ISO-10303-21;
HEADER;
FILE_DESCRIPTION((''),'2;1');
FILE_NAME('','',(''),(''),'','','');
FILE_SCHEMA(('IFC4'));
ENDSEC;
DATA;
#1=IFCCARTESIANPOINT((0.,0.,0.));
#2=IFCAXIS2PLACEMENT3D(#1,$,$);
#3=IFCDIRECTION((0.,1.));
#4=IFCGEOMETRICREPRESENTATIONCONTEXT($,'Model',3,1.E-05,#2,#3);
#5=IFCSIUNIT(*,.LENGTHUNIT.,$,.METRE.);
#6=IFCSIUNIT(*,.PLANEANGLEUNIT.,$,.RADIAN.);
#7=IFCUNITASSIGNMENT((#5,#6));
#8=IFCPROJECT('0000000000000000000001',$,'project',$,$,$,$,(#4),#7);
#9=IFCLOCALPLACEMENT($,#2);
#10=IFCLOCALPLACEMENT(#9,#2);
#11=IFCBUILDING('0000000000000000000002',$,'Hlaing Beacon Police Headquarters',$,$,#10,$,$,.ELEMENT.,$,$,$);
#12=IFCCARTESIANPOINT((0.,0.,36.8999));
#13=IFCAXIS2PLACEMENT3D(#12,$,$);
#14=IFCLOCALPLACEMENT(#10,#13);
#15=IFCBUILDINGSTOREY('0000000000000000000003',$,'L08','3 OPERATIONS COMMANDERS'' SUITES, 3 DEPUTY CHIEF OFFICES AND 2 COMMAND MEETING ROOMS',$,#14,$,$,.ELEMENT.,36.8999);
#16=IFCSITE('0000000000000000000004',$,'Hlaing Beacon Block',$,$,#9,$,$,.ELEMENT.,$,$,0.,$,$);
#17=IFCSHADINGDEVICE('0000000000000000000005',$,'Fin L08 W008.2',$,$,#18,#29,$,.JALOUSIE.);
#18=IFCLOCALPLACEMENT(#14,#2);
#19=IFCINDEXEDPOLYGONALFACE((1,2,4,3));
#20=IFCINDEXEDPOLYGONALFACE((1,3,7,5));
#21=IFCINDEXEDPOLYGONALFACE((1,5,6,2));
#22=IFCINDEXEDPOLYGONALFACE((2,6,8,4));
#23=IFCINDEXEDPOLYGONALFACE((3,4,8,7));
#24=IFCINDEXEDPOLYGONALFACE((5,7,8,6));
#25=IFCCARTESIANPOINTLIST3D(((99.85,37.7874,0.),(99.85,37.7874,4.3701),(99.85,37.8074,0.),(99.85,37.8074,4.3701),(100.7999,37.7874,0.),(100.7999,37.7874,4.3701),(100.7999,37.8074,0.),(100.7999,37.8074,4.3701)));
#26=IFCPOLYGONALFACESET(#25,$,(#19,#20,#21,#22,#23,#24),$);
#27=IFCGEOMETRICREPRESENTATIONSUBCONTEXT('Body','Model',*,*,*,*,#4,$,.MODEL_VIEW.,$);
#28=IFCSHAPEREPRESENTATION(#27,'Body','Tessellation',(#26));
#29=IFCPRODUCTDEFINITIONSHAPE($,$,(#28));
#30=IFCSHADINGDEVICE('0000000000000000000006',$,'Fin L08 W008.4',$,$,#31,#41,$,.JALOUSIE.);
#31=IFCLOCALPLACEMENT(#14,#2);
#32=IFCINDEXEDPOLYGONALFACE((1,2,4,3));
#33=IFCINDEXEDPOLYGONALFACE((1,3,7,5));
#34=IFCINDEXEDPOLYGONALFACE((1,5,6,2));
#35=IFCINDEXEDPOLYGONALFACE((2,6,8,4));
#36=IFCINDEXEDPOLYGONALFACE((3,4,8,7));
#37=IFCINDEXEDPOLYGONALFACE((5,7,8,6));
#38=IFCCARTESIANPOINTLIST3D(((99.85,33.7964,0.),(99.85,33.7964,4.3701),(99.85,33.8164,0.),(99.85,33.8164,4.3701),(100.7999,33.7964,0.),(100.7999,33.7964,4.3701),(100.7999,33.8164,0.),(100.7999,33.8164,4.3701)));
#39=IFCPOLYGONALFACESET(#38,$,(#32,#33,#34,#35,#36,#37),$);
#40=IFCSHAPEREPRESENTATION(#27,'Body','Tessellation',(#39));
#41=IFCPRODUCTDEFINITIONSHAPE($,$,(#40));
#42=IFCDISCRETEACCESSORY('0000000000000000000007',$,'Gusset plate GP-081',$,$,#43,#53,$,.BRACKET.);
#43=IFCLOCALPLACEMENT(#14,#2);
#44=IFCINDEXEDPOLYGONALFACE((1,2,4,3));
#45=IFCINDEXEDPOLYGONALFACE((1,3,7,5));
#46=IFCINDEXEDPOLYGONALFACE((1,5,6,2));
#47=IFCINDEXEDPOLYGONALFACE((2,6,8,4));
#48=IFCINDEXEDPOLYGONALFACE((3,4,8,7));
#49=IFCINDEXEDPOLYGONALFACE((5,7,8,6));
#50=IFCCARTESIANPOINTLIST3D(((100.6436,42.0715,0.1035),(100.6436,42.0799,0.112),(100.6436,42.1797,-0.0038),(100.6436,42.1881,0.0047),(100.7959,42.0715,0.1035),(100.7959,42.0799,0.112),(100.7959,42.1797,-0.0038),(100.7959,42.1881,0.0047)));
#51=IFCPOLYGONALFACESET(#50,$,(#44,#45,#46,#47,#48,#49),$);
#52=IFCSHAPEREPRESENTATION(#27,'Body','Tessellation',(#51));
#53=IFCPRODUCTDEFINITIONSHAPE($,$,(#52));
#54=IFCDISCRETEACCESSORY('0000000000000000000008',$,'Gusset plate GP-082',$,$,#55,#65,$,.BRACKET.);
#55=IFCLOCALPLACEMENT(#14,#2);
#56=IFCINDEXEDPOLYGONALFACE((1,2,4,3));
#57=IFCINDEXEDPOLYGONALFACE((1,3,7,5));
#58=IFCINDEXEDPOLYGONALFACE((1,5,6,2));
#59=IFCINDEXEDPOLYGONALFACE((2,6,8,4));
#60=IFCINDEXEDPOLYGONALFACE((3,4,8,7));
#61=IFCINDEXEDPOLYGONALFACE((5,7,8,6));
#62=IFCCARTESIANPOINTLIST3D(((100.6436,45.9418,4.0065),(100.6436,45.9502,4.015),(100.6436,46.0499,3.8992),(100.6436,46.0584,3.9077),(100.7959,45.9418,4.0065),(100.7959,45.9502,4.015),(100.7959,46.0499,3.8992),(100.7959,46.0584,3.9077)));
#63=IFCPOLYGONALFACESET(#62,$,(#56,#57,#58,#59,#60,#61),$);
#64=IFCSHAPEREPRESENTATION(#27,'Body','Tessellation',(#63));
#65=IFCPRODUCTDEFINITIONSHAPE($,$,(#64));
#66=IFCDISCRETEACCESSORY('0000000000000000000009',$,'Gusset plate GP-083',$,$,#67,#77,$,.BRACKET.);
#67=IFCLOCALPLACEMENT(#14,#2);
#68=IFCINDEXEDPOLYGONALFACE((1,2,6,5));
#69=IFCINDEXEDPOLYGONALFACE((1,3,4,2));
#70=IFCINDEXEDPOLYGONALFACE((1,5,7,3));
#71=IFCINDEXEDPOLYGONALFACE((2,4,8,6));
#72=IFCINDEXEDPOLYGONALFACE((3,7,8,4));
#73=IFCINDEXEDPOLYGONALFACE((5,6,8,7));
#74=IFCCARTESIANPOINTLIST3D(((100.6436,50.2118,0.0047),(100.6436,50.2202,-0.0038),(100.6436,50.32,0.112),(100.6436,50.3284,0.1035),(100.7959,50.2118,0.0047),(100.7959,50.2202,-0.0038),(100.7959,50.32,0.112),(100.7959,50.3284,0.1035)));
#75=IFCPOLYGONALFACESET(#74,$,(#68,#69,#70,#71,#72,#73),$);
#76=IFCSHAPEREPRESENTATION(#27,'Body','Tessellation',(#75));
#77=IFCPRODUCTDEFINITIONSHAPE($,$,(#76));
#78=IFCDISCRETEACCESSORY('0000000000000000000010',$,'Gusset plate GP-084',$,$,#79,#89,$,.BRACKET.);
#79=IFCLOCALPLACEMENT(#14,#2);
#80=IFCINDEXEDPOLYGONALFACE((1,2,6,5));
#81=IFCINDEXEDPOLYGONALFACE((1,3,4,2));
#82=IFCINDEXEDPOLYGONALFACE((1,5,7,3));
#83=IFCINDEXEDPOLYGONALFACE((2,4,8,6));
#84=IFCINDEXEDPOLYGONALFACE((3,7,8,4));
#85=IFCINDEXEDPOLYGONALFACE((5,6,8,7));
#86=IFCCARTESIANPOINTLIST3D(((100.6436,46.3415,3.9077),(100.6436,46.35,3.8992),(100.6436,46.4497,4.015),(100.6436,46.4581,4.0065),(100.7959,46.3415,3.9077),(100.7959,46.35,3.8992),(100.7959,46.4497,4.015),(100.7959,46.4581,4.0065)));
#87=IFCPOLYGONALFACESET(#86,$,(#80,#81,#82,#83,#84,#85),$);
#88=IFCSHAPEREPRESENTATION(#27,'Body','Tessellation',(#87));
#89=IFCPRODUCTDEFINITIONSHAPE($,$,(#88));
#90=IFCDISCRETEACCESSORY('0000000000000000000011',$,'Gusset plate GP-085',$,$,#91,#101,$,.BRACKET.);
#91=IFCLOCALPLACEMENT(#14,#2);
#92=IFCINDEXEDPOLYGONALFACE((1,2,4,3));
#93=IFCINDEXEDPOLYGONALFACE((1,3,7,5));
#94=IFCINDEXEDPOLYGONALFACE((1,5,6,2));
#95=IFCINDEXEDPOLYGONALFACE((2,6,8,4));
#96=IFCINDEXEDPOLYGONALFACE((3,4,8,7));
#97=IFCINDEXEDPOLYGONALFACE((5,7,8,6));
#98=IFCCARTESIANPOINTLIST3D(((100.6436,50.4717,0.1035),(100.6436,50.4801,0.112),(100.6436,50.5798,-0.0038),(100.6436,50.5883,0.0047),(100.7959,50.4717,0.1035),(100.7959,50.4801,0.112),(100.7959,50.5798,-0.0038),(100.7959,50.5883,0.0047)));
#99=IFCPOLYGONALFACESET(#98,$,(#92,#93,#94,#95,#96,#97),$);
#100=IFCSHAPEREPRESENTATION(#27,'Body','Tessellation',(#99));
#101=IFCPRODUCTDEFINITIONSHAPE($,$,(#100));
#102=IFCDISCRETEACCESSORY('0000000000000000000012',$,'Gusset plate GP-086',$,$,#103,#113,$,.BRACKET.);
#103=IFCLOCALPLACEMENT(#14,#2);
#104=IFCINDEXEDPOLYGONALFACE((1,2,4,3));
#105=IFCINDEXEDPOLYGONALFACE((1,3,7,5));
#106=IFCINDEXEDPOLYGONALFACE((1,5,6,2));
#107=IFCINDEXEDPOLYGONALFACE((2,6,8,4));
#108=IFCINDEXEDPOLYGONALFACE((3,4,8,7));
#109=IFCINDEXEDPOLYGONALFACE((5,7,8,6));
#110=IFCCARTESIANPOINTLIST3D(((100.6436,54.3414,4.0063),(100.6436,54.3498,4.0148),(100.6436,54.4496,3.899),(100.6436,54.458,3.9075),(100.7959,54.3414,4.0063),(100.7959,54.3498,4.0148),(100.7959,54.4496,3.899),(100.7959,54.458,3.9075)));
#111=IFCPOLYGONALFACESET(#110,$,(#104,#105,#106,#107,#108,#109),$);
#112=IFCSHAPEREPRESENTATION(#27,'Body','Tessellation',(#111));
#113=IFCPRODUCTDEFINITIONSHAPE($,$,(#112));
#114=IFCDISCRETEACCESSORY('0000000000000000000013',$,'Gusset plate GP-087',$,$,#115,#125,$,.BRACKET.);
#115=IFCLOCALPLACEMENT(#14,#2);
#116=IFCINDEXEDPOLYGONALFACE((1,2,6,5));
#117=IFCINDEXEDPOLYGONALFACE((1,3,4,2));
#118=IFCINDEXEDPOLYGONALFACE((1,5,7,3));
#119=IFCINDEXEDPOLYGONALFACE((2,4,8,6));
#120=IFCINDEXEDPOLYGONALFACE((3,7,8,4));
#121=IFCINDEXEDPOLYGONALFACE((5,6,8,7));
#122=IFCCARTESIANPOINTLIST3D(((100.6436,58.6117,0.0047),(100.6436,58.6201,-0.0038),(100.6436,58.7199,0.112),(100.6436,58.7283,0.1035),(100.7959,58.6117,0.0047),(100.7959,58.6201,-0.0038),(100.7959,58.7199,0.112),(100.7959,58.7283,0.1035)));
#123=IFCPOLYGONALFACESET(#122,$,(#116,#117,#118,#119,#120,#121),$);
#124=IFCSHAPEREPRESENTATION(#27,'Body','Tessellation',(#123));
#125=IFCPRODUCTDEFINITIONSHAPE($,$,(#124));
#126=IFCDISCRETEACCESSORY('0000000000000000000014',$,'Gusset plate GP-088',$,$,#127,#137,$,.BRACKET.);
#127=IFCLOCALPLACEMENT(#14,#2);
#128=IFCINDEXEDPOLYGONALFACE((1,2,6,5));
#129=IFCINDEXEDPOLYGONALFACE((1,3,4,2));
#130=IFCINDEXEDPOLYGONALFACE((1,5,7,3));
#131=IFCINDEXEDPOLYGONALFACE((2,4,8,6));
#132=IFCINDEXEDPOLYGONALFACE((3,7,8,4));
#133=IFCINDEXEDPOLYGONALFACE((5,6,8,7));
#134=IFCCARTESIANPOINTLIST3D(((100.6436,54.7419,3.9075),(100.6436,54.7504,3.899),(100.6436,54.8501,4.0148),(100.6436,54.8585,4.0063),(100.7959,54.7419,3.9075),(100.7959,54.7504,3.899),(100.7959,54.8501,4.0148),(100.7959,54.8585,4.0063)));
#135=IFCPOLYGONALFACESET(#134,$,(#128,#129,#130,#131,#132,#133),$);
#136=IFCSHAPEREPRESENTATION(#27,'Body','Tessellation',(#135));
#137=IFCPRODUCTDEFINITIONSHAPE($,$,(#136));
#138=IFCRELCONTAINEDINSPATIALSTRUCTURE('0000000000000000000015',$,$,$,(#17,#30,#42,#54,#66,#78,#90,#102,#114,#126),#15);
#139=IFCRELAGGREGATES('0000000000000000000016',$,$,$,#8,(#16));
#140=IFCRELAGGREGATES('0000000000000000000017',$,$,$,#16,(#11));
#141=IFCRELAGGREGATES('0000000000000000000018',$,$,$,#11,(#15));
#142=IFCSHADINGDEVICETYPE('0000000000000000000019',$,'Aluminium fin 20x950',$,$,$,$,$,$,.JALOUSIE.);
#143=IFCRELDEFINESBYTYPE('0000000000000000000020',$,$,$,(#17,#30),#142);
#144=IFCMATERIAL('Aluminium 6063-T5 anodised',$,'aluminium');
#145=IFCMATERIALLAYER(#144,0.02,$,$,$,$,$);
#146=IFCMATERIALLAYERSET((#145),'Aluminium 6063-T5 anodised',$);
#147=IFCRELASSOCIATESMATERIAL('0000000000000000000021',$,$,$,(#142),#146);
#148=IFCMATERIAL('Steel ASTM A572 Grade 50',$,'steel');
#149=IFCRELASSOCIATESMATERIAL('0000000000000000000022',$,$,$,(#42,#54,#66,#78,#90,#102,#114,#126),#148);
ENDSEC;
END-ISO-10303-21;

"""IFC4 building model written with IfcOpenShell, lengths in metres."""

from ifc_helpers import new_model, si_unit, direction, frame, origin, origin_2d, place, context, subcontext, project, spatial, rectangle, extrude, material, layer, layer_set, type_object, element, save


model = new_model("IFC4")

# Units and contexts
model_context = context("Model", 3, precision=1e-05, world=origin(), true_north=direction((0.0, 1.0)))
body_context = subcontext(model_context, "Body", "Model", "MODEL_VIEW")
ifc_project = project(units=[si_unit("LENGTHUNIT", "METRE"), si_unit("PLANEANGLEUNIT", "RADIAN")], contexts=[model_context])

# Site, building, storey
site_placement = place(None, origin())
site = spatial("IfcSite", under=ifc_project, at=site_placement, Name="Hlaing Beacon Block", CompositionType="ELEMENT", RefElevation=0.0)
building_placement = place(site_placement, origin())
building = spatial("IfcBuilding", under=site, at=building_placement, Name="Hlaing Beacon Police Headquarters", CompositionType="ELEMENT")
storey_placement = place(building_placement, frame((0.0, 0.0, 36.8999)))
storey = spatial("IfcBuildingStorey", under=building, at=storey_placement, Name="L08", Description="3 OPERATIONS COMMANDERS' SUITES, 3 DEPUTY CHIEF OFFICES AND 2 COMMAND MEETING ROOMS", CompositionType="ELEMENT", Elevation=36.8999)

# Shading devices
ifc_material_1 = material(Name="Aluminium 6063-T5 anodised", Category="aluminium")
ifc_layer_1 = layer(ifc_material_1, 0.02)
ifc_layer_set_1 = layer_set([ifc_layer_1], Name="Aluminium 6063-T5 anodised")
shading_device_type = type_object("IfcShadingDeviceType", Name="Aluminium fin 20x950", PredefinedType="JALOUSIE", material=ifc_layer_set_1)
for number, where, z_axis, x_axis, name in (
    (1, (100.325, 37.7974, 0.0), (0.0, 0.0, 1.0), (0.0, -1.0, 0.0), "Fin L08 W008.2"),
    (2, (100.325, 33.8064, 0.0), (0.0, 0.0, 1.0), (0.0, -1.0, 0.0), "Fin L08 W008.4"),
):
    element("IfcShadingDevice", number, at=place(storey_placement, frame(where, z_axis=z_axis, x_axis=x_axis)), inside=storey, type_object=shading_device_type, Name=name, PredefinedType="JALOUSIE", context=body_context, shape_type="SweptSolid", body=[
        extrude(rectangle(XDim=0.02, YDim=0.95, at=origin_2d()), origin(), (0.0, 0.0, 1.0), 4.3701),
    ])

# Discrete accessories
ifc_material_2 = material(Name="Steel ASTM A572 Grade 50", Category="steel")
for number, where, z_axis, x_axis, name in (
    (3, (100.7197, 42.134, 0.0583), (0.0, -0.704124, -0.710077), (1.0, 0.0, 0.0), "Gusset plate GP-081"),
    (4, (100.7197, 45.9958, 3.9529), (0.0, 0.704124, 0.710077), (-1.0, 0.0, 0.0), "Gusset plate GP-082"),
    (5, (100.7197, 50.2659, 0.0583), (0.0, 0.704124, -0.710077), (-1.0, 0.0, 0.0), "Gusset plate GP-083"),
    (6, (100.7197, 46.4041, 3.9529), (0.0, -0.704124, 0.710077), (1.0, 0.0, 0.0), "Gusset plate GP-084"),
    (7, (100.7197, 50.5342, 0.0583), (0.0, -0.704102, -0.710099), (1.0, 0.0, 0.0), "Gusset plate GP-085"),
    (8, (100.7197, 54.3955, 3.9526), (0.0, 0.704102, 0.710099), (-1.0, 0.0, 0.0), "Gusset plate GP-086"),
    (9, (100.7197, 58.6658, 0.0583), (0.0, 0.704102, -0.710099), (-1.0, 0.0, 0.0), "Gusset plate GP-087"),
    (10, (100.7197, 54.8044, 3.9526), (0.0, -0.704102, 0.710099), (1.0, 0.0, 0.0), "Gusset plate GP-088"),
):
    element("IfcDiscreteAccessory", number, at=place(storey_placement, frame(where, z_axis=z_axis, x_axis=x_axis)), inside=storey, material=ifc_material_2, Name=name, PredefinedType="BRACKET", context=body_context, shape_type="SweptSolid", body=[
        extrude(rectangle(XDim=0.1523, YDim=0.1523, at=origin_2d()), origin(), (0.0, 0.0, 1.0), 0.012),
    ])

save(model, "model.ifc")
